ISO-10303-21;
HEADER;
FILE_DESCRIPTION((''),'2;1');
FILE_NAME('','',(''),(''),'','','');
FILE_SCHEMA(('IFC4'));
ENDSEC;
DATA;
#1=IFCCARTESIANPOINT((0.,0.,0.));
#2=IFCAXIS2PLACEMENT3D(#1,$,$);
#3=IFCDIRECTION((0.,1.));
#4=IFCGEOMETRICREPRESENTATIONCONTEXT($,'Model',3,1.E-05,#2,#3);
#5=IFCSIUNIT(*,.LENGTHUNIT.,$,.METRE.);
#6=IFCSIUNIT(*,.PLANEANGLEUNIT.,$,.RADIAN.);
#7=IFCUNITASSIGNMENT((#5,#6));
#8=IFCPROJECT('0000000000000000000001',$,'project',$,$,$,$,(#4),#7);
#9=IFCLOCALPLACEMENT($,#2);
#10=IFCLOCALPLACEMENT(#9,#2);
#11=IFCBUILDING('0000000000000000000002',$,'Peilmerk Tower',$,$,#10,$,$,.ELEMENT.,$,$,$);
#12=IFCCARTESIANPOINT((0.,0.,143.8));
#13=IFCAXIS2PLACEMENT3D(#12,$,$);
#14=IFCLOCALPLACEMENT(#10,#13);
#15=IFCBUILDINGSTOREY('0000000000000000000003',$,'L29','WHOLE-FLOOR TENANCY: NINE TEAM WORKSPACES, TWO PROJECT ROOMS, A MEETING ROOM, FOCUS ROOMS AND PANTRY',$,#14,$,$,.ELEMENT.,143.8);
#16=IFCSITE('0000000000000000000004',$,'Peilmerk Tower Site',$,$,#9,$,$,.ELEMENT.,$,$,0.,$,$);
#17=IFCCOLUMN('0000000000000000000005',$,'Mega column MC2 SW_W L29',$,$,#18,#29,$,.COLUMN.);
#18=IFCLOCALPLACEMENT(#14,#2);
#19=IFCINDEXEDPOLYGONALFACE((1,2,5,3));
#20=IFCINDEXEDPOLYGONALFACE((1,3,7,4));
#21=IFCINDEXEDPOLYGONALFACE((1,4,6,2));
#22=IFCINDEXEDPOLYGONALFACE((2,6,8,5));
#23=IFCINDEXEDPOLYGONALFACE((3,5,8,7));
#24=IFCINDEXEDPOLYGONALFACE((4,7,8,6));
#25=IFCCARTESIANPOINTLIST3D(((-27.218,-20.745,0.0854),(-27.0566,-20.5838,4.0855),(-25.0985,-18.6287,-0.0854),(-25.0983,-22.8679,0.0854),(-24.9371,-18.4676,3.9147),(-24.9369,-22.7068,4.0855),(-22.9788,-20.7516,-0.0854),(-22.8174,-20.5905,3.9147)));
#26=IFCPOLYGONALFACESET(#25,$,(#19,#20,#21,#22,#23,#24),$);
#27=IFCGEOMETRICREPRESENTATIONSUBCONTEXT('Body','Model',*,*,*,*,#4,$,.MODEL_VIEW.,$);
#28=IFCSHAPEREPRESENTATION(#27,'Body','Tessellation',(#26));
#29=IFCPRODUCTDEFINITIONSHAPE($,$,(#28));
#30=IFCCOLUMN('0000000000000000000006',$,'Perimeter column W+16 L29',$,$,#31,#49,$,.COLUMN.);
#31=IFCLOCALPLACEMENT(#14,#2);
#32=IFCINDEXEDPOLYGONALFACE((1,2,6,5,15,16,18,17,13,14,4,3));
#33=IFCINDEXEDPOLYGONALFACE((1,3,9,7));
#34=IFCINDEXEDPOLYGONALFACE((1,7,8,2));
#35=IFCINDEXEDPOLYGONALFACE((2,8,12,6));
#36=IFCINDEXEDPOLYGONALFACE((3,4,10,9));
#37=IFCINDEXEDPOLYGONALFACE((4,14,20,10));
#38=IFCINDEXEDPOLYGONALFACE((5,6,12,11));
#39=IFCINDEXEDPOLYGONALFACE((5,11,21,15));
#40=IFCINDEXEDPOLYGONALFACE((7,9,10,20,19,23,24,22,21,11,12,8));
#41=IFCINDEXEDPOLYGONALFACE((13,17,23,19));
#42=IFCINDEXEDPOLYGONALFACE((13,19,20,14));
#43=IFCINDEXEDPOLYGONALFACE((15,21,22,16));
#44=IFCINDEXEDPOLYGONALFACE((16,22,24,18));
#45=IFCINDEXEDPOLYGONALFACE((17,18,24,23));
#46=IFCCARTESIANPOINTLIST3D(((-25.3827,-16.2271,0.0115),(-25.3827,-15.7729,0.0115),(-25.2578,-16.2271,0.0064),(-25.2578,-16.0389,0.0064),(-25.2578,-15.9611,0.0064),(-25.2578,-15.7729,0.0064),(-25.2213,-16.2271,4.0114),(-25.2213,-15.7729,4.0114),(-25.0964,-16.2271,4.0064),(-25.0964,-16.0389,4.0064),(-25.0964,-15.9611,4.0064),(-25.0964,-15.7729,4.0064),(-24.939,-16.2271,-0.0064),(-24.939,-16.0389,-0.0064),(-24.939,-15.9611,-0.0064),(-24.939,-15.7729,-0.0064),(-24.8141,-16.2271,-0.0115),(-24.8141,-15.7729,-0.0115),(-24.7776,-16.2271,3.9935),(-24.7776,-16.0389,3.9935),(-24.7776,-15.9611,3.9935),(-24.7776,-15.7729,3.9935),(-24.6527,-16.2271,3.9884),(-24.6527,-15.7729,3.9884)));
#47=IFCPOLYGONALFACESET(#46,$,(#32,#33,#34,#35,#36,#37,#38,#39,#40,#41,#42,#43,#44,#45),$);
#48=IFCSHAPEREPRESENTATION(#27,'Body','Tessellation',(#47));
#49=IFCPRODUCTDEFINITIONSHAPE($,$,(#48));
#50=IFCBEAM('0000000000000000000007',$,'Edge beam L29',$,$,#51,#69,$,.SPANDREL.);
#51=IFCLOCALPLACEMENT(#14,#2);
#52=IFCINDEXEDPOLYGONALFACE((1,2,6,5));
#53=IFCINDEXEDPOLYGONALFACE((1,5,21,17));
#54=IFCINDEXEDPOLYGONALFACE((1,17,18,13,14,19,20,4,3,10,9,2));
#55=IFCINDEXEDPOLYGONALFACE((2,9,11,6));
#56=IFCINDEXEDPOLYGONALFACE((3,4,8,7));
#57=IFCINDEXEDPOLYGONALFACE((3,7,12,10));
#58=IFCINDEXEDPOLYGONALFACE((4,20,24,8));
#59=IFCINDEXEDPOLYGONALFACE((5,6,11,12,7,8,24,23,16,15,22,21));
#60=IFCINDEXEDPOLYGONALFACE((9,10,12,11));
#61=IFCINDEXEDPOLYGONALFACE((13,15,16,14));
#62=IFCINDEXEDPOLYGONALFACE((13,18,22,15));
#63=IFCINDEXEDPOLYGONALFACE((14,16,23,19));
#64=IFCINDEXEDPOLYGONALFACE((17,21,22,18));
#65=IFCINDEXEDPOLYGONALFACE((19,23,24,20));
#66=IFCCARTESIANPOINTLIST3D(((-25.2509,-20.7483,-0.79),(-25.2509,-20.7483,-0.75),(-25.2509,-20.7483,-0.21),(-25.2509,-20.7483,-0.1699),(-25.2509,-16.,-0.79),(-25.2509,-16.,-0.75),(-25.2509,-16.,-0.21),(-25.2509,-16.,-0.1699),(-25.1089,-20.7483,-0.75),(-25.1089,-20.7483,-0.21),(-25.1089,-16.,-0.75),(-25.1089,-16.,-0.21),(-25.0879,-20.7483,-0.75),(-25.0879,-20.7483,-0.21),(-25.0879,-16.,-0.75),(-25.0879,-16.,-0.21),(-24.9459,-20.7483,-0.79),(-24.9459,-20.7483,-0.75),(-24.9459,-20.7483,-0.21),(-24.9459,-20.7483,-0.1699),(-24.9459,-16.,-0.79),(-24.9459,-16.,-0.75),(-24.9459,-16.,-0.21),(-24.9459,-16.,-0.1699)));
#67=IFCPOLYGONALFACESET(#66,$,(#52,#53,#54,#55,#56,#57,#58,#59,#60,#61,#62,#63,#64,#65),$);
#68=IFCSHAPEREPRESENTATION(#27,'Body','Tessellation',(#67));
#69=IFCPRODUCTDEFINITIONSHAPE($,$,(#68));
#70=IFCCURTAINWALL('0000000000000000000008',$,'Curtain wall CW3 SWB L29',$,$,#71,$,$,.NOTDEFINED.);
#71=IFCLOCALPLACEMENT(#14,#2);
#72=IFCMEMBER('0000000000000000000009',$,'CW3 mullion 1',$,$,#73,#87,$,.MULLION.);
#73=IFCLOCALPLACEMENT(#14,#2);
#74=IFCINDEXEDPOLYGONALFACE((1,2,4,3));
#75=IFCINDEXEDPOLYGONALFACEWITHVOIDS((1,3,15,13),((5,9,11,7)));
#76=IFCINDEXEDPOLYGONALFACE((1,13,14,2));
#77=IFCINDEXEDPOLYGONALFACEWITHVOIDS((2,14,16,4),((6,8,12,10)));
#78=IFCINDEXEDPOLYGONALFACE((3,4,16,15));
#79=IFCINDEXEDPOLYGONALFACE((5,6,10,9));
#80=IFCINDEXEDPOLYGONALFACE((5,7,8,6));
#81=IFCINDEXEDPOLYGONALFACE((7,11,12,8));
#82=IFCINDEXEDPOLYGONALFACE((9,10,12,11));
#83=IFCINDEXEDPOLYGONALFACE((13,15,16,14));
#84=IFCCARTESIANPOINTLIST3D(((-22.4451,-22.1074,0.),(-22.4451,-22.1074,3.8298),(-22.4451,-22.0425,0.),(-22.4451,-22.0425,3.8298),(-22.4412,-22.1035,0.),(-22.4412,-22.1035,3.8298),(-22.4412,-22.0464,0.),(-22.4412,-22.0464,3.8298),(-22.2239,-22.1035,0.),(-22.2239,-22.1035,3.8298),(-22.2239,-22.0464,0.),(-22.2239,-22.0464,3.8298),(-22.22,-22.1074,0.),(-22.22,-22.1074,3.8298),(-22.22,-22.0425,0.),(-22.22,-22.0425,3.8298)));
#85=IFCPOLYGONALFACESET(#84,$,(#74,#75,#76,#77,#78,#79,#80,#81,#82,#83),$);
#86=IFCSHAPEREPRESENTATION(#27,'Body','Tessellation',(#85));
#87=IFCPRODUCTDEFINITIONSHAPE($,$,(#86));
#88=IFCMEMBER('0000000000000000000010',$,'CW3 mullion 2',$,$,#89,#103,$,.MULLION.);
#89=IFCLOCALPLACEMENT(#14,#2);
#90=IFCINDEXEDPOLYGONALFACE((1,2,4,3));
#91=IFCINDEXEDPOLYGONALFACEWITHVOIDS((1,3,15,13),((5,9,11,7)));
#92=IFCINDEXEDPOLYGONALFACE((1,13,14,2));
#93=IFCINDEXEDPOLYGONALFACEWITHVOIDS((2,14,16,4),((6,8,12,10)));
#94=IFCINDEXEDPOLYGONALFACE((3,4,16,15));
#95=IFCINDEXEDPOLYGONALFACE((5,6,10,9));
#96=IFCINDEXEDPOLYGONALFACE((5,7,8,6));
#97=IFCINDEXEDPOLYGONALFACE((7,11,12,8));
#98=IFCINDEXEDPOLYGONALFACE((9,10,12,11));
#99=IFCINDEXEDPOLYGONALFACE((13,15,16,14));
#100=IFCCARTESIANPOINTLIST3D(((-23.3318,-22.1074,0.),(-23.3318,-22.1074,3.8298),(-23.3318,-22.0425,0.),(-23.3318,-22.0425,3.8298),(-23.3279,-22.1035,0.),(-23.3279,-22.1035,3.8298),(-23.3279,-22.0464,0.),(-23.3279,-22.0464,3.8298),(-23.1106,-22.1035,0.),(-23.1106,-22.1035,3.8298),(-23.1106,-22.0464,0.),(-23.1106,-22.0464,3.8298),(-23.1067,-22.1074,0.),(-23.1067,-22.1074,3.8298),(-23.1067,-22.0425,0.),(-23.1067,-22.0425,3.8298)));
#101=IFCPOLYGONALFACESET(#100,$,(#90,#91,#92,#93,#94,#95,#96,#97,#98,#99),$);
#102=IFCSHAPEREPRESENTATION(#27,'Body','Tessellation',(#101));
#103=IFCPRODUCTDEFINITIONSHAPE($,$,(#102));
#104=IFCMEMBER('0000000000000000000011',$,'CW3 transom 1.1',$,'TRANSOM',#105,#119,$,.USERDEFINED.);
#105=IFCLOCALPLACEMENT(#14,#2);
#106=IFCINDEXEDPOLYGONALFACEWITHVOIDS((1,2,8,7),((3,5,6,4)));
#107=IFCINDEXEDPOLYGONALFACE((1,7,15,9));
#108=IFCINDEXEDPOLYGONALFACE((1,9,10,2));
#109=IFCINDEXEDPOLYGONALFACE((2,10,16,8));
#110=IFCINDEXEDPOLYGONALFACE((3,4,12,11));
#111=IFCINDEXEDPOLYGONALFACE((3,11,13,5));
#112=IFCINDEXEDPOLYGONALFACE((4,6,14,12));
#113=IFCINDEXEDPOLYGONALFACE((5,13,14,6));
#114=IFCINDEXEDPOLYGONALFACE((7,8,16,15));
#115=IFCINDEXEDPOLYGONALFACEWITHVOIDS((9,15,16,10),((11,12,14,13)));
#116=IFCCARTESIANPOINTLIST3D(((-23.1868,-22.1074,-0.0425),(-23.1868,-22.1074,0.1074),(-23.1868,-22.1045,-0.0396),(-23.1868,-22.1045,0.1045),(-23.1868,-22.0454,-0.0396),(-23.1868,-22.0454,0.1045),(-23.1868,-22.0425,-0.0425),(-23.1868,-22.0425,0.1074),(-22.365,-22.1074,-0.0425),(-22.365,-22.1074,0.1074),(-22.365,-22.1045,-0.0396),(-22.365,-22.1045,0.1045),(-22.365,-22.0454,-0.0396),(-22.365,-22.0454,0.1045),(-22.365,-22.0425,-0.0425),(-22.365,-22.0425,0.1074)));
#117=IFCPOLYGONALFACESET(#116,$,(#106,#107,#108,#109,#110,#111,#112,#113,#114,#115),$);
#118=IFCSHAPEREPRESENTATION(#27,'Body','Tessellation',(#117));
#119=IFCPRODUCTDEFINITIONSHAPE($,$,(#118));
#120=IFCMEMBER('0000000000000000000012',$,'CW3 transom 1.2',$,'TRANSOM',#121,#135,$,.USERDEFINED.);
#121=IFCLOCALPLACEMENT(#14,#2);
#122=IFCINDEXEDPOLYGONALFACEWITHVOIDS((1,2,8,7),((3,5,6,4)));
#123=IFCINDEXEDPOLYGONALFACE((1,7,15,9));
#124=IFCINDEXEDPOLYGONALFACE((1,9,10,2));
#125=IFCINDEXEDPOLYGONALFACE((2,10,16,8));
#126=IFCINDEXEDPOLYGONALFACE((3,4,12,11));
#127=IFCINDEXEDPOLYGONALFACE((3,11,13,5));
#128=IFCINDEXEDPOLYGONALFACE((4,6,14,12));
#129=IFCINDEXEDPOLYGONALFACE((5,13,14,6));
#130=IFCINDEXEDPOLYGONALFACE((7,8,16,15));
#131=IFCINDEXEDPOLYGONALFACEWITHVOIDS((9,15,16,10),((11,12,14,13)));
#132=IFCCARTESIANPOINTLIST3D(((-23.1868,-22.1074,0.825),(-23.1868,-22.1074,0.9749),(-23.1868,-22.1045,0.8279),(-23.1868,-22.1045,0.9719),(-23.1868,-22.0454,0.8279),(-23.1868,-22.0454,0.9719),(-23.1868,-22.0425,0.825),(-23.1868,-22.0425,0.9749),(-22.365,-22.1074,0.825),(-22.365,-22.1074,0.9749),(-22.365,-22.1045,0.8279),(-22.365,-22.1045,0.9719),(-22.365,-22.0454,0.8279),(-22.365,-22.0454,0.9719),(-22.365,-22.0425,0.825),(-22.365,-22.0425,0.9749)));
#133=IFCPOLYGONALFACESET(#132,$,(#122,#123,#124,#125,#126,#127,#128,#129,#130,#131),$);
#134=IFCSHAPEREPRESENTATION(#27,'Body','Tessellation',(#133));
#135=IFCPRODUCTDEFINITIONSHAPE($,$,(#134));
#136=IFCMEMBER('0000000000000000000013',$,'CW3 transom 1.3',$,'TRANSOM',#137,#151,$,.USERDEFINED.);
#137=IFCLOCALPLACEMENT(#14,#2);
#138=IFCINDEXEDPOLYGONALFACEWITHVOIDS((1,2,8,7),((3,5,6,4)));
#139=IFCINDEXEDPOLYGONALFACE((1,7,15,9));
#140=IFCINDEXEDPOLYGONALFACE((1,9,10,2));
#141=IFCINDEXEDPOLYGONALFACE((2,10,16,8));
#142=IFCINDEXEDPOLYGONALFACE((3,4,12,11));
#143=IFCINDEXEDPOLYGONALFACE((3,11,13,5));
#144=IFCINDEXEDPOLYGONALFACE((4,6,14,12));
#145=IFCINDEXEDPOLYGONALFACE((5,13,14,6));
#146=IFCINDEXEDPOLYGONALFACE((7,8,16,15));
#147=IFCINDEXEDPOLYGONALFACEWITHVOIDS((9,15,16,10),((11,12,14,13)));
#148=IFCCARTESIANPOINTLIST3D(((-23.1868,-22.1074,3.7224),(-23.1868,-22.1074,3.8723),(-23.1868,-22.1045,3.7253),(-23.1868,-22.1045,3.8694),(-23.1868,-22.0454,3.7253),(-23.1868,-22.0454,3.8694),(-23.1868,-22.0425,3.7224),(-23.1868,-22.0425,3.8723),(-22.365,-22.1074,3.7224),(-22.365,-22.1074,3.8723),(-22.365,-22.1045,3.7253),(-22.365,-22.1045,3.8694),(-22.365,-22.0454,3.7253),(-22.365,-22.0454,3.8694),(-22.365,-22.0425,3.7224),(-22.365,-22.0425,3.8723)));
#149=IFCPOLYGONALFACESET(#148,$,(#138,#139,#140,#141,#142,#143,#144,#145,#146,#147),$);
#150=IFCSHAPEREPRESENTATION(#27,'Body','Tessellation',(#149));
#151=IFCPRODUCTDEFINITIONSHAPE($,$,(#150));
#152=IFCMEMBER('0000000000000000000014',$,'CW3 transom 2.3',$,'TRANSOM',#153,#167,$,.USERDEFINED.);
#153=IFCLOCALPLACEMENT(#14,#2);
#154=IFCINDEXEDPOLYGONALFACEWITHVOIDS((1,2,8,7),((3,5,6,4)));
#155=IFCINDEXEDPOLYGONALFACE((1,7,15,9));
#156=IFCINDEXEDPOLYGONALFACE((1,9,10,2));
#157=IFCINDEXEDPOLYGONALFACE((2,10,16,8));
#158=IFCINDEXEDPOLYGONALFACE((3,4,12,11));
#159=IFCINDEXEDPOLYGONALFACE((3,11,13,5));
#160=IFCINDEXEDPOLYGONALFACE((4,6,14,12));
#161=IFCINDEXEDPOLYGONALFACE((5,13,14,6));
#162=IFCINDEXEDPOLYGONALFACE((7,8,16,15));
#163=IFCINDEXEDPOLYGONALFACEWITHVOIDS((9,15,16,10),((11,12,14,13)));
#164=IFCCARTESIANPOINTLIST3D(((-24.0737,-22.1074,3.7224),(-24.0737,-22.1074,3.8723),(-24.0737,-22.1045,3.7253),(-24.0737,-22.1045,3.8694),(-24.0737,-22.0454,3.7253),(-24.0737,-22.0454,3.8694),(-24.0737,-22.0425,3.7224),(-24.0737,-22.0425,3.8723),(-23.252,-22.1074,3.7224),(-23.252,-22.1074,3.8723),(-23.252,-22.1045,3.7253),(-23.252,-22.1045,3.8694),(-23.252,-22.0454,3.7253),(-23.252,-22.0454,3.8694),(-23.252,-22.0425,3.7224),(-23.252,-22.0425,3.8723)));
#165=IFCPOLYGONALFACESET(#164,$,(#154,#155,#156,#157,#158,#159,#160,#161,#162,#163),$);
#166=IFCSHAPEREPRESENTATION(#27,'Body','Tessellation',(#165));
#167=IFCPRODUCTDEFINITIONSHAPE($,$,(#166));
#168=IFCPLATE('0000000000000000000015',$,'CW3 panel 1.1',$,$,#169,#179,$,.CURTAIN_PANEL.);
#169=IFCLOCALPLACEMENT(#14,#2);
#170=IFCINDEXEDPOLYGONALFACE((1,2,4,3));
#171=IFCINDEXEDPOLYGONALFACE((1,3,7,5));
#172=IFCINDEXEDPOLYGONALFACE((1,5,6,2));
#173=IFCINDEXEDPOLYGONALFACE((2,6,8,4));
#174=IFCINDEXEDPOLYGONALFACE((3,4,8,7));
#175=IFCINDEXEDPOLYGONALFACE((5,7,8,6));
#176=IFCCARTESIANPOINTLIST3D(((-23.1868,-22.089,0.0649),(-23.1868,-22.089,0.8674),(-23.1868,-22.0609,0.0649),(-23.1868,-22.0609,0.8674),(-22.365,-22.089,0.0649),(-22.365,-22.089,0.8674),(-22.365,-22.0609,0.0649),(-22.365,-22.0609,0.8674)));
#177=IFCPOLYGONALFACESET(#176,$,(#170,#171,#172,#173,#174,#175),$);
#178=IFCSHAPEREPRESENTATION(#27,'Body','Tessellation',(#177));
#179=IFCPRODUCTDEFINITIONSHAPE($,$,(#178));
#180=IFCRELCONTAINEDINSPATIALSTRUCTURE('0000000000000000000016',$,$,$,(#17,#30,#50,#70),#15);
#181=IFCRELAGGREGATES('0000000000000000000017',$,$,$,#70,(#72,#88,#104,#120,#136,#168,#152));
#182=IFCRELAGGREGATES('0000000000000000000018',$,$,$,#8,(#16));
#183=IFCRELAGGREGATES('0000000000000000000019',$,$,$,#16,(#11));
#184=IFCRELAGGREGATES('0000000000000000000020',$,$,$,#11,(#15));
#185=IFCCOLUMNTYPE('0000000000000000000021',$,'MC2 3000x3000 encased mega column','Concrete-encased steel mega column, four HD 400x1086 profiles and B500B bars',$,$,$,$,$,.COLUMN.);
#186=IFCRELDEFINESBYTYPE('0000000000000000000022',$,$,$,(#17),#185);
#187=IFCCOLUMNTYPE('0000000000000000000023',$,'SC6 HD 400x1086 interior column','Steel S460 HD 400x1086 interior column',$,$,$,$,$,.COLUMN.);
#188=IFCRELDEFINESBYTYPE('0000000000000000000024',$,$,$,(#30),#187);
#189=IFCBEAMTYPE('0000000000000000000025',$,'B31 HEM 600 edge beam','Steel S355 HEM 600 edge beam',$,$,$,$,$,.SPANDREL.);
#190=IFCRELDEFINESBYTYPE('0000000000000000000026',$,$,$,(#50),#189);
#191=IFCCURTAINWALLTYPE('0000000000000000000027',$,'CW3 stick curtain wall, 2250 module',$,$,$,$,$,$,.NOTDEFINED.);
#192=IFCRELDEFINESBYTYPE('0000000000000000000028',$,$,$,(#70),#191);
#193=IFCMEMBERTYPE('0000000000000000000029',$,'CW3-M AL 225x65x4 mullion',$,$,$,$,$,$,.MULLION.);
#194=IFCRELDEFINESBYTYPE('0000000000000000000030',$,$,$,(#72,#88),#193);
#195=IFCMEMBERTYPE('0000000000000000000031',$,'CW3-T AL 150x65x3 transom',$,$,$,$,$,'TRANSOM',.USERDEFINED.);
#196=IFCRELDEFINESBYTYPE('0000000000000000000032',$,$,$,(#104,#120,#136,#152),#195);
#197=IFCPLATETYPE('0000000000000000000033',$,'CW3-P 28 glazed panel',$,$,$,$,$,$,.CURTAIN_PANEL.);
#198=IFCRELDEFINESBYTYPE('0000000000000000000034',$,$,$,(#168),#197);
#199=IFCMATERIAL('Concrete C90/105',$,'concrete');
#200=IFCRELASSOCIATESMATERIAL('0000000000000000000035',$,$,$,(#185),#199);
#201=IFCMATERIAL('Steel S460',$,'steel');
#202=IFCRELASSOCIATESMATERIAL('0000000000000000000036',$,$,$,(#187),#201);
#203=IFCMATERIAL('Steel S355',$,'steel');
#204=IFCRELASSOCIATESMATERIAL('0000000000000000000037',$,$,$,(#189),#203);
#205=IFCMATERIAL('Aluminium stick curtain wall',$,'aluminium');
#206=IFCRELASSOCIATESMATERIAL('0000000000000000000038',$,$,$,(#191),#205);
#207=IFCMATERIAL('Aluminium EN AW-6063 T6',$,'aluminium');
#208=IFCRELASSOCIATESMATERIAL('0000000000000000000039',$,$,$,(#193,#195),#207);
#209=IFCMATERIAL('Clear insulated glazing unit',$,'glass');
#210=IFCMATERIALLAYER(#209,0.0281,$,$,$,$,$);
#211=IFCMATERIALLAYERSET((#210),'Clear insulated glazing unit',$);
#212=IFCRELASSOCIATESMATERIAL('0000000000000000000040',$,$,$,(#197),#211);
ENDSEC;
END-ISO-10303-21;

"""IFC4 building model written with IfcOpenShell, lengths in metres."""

from ifc_helpers import new_model, si_unit, direction, frame, origin, origin_2d, place, context, subcontext, project, spatial, rectangle, hollow_rectangle, i_section, extrude, material, layer, layer_set, material_profile, profile_set, type_object, element, aggregate, save


model = new_model("IFC4")

# Units and contexts
model_context = context("Model", 3, precision=1e-05, world=origin(), true_north=direction((0.0, 1.0)))
body_context = subcontext(model_context, "Body", "Model", "MODEL_VIEW")
ifc_project = project(units=[si_unit("LENGTHUNIT", "METRE"), si_unit("PLANEANGLEUNIT", "RADIAN")], contexts=[model_context])

# Site, building, storey
site_placement = place(None, origin())
site = spatial("IfcSite", under=ifc_project, at=site_placement, Name="Peilmerk Tower Site", CompositionType="ELEMENT", RefElevation=0.0)
building_placement = place(site_placement, origin())
building = spatial("IfcBuilding", under=site, at=building_placement, Name="Peilmerk Tower", CompositionType="ELEMENT")
storey_placement = place(building_placement, frame((0.0, 0.0, 143.8)))
storey = spatial("IfcBuildingStorey", under=building, at=storey_placement, Name="L29", Description="WHOLE-FLOOR TENANCY: NINE TEAM WORKSPACES, TWO PROJECT ROOMS, A MEETING ROOM, FOCUS ROOMS AND PANTRY", CompositionType="ELEMENT", Elevation=143.8)

# Columns
ifc_material_1 = material(Name="Concrete C90/105", Category="concrete")
ifc_material_profile_1 = material_profile(ifc_material_1, rectangle(XDim=3.0, YDim=3.0, at=origin_2d()), Name="RC 3000x3000")
ifc_profile_set_1 = profile_set([ifc_material_profile_1], Name="Concrete C90/105")
column_type_1 = type_object("IfcColumnType", Name="MC2 3000x3000 encased mega column", Description="Concrete-encased steel mega column, four HD 400x1086 profiles and B500B bars", PredefinedType="COLUMN", material=ifc_profile_set_1)
column_1_placement = place(storey_placement, frame((-25.0984, -20.7483, 0.0), z_axis=(0.040279, 0.040218, 0.998379), x_axis=(-0.706571, 0.707642, 0.0)))
element("IfcColumn", 1, at=column_1_placement, inside=storey, type_object=column_type_1, Name="Mega column MC2 SW_W L29", PredefinedType="COLUMN", context=body_context, shape_type="SweptSolid", body=[
    extrude(rectangle(XDim=3.0, YDim=3.0, at=origin_2d()), origin(), (0.0, 0.0, 1.0), 4.0066),
])
ifc_material_2 = material(Name="Steel S460", Category="steel")
ifc_material_profile_2 = material_profile(ifc_material_2, i_section(OverallWidth=0.4541, OverallDepth=0.5691, WebThickness=0.0779, FlangeThickness=0.125, at=origin_2d()), Name="HD 400x1086")
ifc_profile_set_2 = profile_set([ifc_material_profile_2], Name="Steel S460")
column_type_2 = type_object("IfcColumnType", Name="SC6 HD 400x1086 interior column", Description="Steel S460 HD 400x1086 interior column", PredefinedType="COLUMN", material=ifc_profile_set_2)
column_2_placement = place(storey_placement, frame((-25.0984, -16.0, 0.0), z_axis=(0.040311, 0.0, 0.999187), x_axis=(0.0, 1.0, 0.0)))
element("IfcColumn", 2, at=column_2_placement, inside=storey, type_object=column_type_2, Name="Perimeter column W+16 L29", PredefinedType="COLUMN", context=body_context, shape_type="SweptSolid", body=[
    extrude(i_section(OverallWidth=0.4541, OverallDepth=0.5691, WebThickness=0.0779, FlangeThickness=0.125, at=origin_2d()), origin(), (0.0, 0.0, 1.0), 4.0032),
])

# Beam
ifc_material_3 = material(Name="Steel S355", Category="steel")
ifc_material_profile_3 = material_profile(ifc_material_3, i_section(OverallWidth=0.3049, OverallDepth=0.6201, WebThickness=0.021, FlangeThickness=0.04, at=origin_2d()), Name="HEM 600")
ifc_profile_set_3 = profile_set([ifc_material_profile_3], Name="Steel S355")
beam_type = type_object("IfcBeamType", Name="B31 HEM 600 edge beam", Description="Steel S355 HEM 600 edge beam", PredefinedType="SPANDREL", material=ifc_profile_set_3)
beam_placement = place(storey_placement, frame((-25.0984, -16.0, -0.48), z_axis=(0.0, -1.0, 0.0), x_axis=(1.0, 0.0, 0.0)))
element("IfcBeam", 3, at=beam_placement, inside=storey, type_object=beam_type, Name="Edge beam L29", PredefinedType="SPANDREL", context=body_context, shape_type="SweptSolid", body=[
    extrude(i_section(OverallWidth=0.3049, OverallDepth=0.6201, WebThickness=0.021, FlangeThickness=0.04, at=origin_2d()), origin(), (0.0, 0.0, 1.0), 4.7483),
])

# Curtain wall, members, plate
ifc_material_4 = material(Name="Aluminium stick curtain wall", Category="aluminium")
curtain_wall_type = type_object("IfcCurtainWallType", Name="CW3 stick curtain wall, 2250 module", PredefinedType="NOTDEFINED", material=ifc_material_4)
curtain_wall_placement = place(storey_placement, origin())
curtain_wall = element("IfcCurtainWall", 4, at=curtain_wall_placement, inside=storey, type_object=curtain_wall_type, Name="Curtain wall CW3 SWB L29", PredefinedType="NOTDEFINED")
ifc_material_5 = material(Name="Aluminium EN AW-6063 T6", Category="aluminium")
ifc_material_profile_4 = material_profile(ifc_material_5, hollow_rectangle(XDim=0.0649, YDim=0.2251, WallThickness=0.0039, at=origin_2d()), Name="AL 225x65x4")
ifc_profile_set_4 = profile_set([ifc_material_profile_4], Name="Aluminium EN AW-6063 T6")
member_type_1 = type_object("IfcMemberType", Name="CW3-M AL 225x65x4 mullion", PredefinedType="MULLION", material=ifc_profile_set_4)
member_1_placement = place(storey_placement, frame((-22.3325, -22.075, 0.0), z_axis=(0.0, 0.0, 1.0), x_axis=(0.0, -1.0, 0.0)))
member_1 = element("IfcMember", 5, at=member_1_placement, type_object=member_type_1, Name="CW3 mullion 1", PredefinedType="MULLION", context=body_context, shape_type="SweptSolid", body=[
    extrude(hollow_rectangle(XDim=0.0649, YDim=0.2251, WallThickness=0.0039, at=origin_2d()), origin(), (0.0, 0.0, 1.0), 3.8298),
])
member_2_placement = place(storey_placement, frame((-23.2192, -22.075, 0.0), z_axis=(0.0, 0.0, 1.0), x_axis=(0.0, -1.0, 0.0)))
member_2 = element("IfcMember", 6, at=member_2_placement, type_object=member_type_1, Name="CW3 mullion 2", PredefinedType="MULLION", context=body_context, shape_type="SweptSolid", body=[
    extrude(hollow_rectangle(XDim=0.0649, YDim=0.2251, WallThickness=0.0039, at=origin_2d()), origin(), (0.0, 0.0, 1.0), 3.8298),
])
ifc_material_profile_5 = material_profile(ifc_material_5, hollow_rectangle(XDim=0.0649, YDim=0.1499, WallThickness=0.0029, at=origin_2d()), Name="AL 150x65x3")
ifc_profile_set_5 = profile_set([ifc_material_profile_5], Name="Aluminium EN AW-6063 T6")
member_type_2 = type_object("IfcMemberType", Name="CW3-T AL 150x65x3 transom", ElementType="TRANSOM", PredefinedType="USERDEFINED", material=ifc_profile_set_5)
member_3_placement = place(storey_placement, frame((-22.365, -22.075, 0.0325), z_axis=(-1.0, 0.0, 0.0), x_axis=(0.0, -1.0, 0.0)))
member_3 = element("IfcMember", 7, at=member_3_placement, type_object=member_type_2, Name="CW3 transom 1.1", ObjectType="TRANSOM", PredefinedType="USERDEFINED", context=body_context, shape_type="SweptSolid", body=[
    extrude(hollow_rectangle(XDim=0.0649, YDim=0.1499, WallThickness=0.0029, at=origin_2d()), origin(), (0.0, 0.0, 1.0), 0.8218),
])
member_4_placement = place(storey_placement, frame((-22.365, -22.075, 0.8999), z_axis=(-1.0, 0.0, 0.0), x_axis=(0.0, -1.0, 0.0)))
member_4 = element("IfcMember", 8, at=member_4_placement, type_object=member_type_2, Name="CW3 transom 1.2", ObjectType="TRANSOM", PredefinedType="USERDEFINED", context=body_context, shape_type="SweptSolid", body=[
    extrude(hollow_rectangle(XDim=0.0649, YDim=0.1499, WallThickness=0.0029, at=origin_2d()), origin(), (0.0, 0.0, 1.0), 0.8218),
])
member_5_placement = place(storey_placement, frame((-22.365, -22.075, 3.7974), z_axis=(-1.0, 0.0, 0.0), x_axis=(0.0, -1.0, 0.0)))
member_5 = element("IfcMember", 9, at=member_5_placement, type_object=member_type_2, Name="CW3 transom 1.3", ObjectType="TRANSOM", PredefinedType="USERDEFINED", context=body_context, shape_type="SweptSolid", body=[
    extrude(hollow_rectangle(XDim=0.0649, YDim=0.1499, WallThickness=0.0029, at=origin_2d()), origin(), (0.0, 0.0, 1.0), 0.8218),
])
member_6_placement = place(storey_placement, frame((-23.252, -22.075, 3.7974), z_axis=(-1.0, 0.0, 0.0), x_axis=(0.0, -1.0, 0.0)))
member_6 = element("IfcMember", 10, at=member_6_placement, type_object=member_type_2, Name="CW3 transom 2.3", ObjectType="TRANSOM", PredefinedType="USERDEFINED", context=body_context, shape_type="SweptSolid", body=[
    extrude(hollow_rectangle(XDim=0.0649, YDim=0.1499, WallThickness=0.0029, at=origin_2d()), origin(), (0.0, 0.0, 1.0), 0.8218),
])
ifc_material_6 = material(Name="Clear insulated glazing unit", Category="glass")
ifc_layer = layer(ifc_material_6, 0.0281)
ifc_layer_set = layer_set([ifc_layer], Name="Clear insulated glazing unit")
plate_type = type_object("IfcPlateType", Name="CW3-P 28 glazed panel", PredefinedType="CURTAIN_PANEL", material=ifc_layer_set)
plate_1_placement = place(storey_placement, frame((-22.7759, -22.075, 0.0649), z_axis=(0.0, 0.0, 1.0), x_axis=(-1.0, 0.0, 0.0)))
plate_1 = element("IfcPlate", 11, at=plate_1_placement, type_object=plate_type, Name="CW3 panel 1.1", PredefinedType="CURTAIN_PANEL", context=body_context, shape_type="SweptSolid", body=[
    extrude(rectangle(XDim=0.8218, YDim=0.0281, at=origin_2d()), origin(), (0.0, 0.0, 1.0), 0.8025),
])
aggregate(curtain_wall, [member_1, member_2, member_3, member_4, member_5, plate_1, member_6])

save(model, "model.ifc")
